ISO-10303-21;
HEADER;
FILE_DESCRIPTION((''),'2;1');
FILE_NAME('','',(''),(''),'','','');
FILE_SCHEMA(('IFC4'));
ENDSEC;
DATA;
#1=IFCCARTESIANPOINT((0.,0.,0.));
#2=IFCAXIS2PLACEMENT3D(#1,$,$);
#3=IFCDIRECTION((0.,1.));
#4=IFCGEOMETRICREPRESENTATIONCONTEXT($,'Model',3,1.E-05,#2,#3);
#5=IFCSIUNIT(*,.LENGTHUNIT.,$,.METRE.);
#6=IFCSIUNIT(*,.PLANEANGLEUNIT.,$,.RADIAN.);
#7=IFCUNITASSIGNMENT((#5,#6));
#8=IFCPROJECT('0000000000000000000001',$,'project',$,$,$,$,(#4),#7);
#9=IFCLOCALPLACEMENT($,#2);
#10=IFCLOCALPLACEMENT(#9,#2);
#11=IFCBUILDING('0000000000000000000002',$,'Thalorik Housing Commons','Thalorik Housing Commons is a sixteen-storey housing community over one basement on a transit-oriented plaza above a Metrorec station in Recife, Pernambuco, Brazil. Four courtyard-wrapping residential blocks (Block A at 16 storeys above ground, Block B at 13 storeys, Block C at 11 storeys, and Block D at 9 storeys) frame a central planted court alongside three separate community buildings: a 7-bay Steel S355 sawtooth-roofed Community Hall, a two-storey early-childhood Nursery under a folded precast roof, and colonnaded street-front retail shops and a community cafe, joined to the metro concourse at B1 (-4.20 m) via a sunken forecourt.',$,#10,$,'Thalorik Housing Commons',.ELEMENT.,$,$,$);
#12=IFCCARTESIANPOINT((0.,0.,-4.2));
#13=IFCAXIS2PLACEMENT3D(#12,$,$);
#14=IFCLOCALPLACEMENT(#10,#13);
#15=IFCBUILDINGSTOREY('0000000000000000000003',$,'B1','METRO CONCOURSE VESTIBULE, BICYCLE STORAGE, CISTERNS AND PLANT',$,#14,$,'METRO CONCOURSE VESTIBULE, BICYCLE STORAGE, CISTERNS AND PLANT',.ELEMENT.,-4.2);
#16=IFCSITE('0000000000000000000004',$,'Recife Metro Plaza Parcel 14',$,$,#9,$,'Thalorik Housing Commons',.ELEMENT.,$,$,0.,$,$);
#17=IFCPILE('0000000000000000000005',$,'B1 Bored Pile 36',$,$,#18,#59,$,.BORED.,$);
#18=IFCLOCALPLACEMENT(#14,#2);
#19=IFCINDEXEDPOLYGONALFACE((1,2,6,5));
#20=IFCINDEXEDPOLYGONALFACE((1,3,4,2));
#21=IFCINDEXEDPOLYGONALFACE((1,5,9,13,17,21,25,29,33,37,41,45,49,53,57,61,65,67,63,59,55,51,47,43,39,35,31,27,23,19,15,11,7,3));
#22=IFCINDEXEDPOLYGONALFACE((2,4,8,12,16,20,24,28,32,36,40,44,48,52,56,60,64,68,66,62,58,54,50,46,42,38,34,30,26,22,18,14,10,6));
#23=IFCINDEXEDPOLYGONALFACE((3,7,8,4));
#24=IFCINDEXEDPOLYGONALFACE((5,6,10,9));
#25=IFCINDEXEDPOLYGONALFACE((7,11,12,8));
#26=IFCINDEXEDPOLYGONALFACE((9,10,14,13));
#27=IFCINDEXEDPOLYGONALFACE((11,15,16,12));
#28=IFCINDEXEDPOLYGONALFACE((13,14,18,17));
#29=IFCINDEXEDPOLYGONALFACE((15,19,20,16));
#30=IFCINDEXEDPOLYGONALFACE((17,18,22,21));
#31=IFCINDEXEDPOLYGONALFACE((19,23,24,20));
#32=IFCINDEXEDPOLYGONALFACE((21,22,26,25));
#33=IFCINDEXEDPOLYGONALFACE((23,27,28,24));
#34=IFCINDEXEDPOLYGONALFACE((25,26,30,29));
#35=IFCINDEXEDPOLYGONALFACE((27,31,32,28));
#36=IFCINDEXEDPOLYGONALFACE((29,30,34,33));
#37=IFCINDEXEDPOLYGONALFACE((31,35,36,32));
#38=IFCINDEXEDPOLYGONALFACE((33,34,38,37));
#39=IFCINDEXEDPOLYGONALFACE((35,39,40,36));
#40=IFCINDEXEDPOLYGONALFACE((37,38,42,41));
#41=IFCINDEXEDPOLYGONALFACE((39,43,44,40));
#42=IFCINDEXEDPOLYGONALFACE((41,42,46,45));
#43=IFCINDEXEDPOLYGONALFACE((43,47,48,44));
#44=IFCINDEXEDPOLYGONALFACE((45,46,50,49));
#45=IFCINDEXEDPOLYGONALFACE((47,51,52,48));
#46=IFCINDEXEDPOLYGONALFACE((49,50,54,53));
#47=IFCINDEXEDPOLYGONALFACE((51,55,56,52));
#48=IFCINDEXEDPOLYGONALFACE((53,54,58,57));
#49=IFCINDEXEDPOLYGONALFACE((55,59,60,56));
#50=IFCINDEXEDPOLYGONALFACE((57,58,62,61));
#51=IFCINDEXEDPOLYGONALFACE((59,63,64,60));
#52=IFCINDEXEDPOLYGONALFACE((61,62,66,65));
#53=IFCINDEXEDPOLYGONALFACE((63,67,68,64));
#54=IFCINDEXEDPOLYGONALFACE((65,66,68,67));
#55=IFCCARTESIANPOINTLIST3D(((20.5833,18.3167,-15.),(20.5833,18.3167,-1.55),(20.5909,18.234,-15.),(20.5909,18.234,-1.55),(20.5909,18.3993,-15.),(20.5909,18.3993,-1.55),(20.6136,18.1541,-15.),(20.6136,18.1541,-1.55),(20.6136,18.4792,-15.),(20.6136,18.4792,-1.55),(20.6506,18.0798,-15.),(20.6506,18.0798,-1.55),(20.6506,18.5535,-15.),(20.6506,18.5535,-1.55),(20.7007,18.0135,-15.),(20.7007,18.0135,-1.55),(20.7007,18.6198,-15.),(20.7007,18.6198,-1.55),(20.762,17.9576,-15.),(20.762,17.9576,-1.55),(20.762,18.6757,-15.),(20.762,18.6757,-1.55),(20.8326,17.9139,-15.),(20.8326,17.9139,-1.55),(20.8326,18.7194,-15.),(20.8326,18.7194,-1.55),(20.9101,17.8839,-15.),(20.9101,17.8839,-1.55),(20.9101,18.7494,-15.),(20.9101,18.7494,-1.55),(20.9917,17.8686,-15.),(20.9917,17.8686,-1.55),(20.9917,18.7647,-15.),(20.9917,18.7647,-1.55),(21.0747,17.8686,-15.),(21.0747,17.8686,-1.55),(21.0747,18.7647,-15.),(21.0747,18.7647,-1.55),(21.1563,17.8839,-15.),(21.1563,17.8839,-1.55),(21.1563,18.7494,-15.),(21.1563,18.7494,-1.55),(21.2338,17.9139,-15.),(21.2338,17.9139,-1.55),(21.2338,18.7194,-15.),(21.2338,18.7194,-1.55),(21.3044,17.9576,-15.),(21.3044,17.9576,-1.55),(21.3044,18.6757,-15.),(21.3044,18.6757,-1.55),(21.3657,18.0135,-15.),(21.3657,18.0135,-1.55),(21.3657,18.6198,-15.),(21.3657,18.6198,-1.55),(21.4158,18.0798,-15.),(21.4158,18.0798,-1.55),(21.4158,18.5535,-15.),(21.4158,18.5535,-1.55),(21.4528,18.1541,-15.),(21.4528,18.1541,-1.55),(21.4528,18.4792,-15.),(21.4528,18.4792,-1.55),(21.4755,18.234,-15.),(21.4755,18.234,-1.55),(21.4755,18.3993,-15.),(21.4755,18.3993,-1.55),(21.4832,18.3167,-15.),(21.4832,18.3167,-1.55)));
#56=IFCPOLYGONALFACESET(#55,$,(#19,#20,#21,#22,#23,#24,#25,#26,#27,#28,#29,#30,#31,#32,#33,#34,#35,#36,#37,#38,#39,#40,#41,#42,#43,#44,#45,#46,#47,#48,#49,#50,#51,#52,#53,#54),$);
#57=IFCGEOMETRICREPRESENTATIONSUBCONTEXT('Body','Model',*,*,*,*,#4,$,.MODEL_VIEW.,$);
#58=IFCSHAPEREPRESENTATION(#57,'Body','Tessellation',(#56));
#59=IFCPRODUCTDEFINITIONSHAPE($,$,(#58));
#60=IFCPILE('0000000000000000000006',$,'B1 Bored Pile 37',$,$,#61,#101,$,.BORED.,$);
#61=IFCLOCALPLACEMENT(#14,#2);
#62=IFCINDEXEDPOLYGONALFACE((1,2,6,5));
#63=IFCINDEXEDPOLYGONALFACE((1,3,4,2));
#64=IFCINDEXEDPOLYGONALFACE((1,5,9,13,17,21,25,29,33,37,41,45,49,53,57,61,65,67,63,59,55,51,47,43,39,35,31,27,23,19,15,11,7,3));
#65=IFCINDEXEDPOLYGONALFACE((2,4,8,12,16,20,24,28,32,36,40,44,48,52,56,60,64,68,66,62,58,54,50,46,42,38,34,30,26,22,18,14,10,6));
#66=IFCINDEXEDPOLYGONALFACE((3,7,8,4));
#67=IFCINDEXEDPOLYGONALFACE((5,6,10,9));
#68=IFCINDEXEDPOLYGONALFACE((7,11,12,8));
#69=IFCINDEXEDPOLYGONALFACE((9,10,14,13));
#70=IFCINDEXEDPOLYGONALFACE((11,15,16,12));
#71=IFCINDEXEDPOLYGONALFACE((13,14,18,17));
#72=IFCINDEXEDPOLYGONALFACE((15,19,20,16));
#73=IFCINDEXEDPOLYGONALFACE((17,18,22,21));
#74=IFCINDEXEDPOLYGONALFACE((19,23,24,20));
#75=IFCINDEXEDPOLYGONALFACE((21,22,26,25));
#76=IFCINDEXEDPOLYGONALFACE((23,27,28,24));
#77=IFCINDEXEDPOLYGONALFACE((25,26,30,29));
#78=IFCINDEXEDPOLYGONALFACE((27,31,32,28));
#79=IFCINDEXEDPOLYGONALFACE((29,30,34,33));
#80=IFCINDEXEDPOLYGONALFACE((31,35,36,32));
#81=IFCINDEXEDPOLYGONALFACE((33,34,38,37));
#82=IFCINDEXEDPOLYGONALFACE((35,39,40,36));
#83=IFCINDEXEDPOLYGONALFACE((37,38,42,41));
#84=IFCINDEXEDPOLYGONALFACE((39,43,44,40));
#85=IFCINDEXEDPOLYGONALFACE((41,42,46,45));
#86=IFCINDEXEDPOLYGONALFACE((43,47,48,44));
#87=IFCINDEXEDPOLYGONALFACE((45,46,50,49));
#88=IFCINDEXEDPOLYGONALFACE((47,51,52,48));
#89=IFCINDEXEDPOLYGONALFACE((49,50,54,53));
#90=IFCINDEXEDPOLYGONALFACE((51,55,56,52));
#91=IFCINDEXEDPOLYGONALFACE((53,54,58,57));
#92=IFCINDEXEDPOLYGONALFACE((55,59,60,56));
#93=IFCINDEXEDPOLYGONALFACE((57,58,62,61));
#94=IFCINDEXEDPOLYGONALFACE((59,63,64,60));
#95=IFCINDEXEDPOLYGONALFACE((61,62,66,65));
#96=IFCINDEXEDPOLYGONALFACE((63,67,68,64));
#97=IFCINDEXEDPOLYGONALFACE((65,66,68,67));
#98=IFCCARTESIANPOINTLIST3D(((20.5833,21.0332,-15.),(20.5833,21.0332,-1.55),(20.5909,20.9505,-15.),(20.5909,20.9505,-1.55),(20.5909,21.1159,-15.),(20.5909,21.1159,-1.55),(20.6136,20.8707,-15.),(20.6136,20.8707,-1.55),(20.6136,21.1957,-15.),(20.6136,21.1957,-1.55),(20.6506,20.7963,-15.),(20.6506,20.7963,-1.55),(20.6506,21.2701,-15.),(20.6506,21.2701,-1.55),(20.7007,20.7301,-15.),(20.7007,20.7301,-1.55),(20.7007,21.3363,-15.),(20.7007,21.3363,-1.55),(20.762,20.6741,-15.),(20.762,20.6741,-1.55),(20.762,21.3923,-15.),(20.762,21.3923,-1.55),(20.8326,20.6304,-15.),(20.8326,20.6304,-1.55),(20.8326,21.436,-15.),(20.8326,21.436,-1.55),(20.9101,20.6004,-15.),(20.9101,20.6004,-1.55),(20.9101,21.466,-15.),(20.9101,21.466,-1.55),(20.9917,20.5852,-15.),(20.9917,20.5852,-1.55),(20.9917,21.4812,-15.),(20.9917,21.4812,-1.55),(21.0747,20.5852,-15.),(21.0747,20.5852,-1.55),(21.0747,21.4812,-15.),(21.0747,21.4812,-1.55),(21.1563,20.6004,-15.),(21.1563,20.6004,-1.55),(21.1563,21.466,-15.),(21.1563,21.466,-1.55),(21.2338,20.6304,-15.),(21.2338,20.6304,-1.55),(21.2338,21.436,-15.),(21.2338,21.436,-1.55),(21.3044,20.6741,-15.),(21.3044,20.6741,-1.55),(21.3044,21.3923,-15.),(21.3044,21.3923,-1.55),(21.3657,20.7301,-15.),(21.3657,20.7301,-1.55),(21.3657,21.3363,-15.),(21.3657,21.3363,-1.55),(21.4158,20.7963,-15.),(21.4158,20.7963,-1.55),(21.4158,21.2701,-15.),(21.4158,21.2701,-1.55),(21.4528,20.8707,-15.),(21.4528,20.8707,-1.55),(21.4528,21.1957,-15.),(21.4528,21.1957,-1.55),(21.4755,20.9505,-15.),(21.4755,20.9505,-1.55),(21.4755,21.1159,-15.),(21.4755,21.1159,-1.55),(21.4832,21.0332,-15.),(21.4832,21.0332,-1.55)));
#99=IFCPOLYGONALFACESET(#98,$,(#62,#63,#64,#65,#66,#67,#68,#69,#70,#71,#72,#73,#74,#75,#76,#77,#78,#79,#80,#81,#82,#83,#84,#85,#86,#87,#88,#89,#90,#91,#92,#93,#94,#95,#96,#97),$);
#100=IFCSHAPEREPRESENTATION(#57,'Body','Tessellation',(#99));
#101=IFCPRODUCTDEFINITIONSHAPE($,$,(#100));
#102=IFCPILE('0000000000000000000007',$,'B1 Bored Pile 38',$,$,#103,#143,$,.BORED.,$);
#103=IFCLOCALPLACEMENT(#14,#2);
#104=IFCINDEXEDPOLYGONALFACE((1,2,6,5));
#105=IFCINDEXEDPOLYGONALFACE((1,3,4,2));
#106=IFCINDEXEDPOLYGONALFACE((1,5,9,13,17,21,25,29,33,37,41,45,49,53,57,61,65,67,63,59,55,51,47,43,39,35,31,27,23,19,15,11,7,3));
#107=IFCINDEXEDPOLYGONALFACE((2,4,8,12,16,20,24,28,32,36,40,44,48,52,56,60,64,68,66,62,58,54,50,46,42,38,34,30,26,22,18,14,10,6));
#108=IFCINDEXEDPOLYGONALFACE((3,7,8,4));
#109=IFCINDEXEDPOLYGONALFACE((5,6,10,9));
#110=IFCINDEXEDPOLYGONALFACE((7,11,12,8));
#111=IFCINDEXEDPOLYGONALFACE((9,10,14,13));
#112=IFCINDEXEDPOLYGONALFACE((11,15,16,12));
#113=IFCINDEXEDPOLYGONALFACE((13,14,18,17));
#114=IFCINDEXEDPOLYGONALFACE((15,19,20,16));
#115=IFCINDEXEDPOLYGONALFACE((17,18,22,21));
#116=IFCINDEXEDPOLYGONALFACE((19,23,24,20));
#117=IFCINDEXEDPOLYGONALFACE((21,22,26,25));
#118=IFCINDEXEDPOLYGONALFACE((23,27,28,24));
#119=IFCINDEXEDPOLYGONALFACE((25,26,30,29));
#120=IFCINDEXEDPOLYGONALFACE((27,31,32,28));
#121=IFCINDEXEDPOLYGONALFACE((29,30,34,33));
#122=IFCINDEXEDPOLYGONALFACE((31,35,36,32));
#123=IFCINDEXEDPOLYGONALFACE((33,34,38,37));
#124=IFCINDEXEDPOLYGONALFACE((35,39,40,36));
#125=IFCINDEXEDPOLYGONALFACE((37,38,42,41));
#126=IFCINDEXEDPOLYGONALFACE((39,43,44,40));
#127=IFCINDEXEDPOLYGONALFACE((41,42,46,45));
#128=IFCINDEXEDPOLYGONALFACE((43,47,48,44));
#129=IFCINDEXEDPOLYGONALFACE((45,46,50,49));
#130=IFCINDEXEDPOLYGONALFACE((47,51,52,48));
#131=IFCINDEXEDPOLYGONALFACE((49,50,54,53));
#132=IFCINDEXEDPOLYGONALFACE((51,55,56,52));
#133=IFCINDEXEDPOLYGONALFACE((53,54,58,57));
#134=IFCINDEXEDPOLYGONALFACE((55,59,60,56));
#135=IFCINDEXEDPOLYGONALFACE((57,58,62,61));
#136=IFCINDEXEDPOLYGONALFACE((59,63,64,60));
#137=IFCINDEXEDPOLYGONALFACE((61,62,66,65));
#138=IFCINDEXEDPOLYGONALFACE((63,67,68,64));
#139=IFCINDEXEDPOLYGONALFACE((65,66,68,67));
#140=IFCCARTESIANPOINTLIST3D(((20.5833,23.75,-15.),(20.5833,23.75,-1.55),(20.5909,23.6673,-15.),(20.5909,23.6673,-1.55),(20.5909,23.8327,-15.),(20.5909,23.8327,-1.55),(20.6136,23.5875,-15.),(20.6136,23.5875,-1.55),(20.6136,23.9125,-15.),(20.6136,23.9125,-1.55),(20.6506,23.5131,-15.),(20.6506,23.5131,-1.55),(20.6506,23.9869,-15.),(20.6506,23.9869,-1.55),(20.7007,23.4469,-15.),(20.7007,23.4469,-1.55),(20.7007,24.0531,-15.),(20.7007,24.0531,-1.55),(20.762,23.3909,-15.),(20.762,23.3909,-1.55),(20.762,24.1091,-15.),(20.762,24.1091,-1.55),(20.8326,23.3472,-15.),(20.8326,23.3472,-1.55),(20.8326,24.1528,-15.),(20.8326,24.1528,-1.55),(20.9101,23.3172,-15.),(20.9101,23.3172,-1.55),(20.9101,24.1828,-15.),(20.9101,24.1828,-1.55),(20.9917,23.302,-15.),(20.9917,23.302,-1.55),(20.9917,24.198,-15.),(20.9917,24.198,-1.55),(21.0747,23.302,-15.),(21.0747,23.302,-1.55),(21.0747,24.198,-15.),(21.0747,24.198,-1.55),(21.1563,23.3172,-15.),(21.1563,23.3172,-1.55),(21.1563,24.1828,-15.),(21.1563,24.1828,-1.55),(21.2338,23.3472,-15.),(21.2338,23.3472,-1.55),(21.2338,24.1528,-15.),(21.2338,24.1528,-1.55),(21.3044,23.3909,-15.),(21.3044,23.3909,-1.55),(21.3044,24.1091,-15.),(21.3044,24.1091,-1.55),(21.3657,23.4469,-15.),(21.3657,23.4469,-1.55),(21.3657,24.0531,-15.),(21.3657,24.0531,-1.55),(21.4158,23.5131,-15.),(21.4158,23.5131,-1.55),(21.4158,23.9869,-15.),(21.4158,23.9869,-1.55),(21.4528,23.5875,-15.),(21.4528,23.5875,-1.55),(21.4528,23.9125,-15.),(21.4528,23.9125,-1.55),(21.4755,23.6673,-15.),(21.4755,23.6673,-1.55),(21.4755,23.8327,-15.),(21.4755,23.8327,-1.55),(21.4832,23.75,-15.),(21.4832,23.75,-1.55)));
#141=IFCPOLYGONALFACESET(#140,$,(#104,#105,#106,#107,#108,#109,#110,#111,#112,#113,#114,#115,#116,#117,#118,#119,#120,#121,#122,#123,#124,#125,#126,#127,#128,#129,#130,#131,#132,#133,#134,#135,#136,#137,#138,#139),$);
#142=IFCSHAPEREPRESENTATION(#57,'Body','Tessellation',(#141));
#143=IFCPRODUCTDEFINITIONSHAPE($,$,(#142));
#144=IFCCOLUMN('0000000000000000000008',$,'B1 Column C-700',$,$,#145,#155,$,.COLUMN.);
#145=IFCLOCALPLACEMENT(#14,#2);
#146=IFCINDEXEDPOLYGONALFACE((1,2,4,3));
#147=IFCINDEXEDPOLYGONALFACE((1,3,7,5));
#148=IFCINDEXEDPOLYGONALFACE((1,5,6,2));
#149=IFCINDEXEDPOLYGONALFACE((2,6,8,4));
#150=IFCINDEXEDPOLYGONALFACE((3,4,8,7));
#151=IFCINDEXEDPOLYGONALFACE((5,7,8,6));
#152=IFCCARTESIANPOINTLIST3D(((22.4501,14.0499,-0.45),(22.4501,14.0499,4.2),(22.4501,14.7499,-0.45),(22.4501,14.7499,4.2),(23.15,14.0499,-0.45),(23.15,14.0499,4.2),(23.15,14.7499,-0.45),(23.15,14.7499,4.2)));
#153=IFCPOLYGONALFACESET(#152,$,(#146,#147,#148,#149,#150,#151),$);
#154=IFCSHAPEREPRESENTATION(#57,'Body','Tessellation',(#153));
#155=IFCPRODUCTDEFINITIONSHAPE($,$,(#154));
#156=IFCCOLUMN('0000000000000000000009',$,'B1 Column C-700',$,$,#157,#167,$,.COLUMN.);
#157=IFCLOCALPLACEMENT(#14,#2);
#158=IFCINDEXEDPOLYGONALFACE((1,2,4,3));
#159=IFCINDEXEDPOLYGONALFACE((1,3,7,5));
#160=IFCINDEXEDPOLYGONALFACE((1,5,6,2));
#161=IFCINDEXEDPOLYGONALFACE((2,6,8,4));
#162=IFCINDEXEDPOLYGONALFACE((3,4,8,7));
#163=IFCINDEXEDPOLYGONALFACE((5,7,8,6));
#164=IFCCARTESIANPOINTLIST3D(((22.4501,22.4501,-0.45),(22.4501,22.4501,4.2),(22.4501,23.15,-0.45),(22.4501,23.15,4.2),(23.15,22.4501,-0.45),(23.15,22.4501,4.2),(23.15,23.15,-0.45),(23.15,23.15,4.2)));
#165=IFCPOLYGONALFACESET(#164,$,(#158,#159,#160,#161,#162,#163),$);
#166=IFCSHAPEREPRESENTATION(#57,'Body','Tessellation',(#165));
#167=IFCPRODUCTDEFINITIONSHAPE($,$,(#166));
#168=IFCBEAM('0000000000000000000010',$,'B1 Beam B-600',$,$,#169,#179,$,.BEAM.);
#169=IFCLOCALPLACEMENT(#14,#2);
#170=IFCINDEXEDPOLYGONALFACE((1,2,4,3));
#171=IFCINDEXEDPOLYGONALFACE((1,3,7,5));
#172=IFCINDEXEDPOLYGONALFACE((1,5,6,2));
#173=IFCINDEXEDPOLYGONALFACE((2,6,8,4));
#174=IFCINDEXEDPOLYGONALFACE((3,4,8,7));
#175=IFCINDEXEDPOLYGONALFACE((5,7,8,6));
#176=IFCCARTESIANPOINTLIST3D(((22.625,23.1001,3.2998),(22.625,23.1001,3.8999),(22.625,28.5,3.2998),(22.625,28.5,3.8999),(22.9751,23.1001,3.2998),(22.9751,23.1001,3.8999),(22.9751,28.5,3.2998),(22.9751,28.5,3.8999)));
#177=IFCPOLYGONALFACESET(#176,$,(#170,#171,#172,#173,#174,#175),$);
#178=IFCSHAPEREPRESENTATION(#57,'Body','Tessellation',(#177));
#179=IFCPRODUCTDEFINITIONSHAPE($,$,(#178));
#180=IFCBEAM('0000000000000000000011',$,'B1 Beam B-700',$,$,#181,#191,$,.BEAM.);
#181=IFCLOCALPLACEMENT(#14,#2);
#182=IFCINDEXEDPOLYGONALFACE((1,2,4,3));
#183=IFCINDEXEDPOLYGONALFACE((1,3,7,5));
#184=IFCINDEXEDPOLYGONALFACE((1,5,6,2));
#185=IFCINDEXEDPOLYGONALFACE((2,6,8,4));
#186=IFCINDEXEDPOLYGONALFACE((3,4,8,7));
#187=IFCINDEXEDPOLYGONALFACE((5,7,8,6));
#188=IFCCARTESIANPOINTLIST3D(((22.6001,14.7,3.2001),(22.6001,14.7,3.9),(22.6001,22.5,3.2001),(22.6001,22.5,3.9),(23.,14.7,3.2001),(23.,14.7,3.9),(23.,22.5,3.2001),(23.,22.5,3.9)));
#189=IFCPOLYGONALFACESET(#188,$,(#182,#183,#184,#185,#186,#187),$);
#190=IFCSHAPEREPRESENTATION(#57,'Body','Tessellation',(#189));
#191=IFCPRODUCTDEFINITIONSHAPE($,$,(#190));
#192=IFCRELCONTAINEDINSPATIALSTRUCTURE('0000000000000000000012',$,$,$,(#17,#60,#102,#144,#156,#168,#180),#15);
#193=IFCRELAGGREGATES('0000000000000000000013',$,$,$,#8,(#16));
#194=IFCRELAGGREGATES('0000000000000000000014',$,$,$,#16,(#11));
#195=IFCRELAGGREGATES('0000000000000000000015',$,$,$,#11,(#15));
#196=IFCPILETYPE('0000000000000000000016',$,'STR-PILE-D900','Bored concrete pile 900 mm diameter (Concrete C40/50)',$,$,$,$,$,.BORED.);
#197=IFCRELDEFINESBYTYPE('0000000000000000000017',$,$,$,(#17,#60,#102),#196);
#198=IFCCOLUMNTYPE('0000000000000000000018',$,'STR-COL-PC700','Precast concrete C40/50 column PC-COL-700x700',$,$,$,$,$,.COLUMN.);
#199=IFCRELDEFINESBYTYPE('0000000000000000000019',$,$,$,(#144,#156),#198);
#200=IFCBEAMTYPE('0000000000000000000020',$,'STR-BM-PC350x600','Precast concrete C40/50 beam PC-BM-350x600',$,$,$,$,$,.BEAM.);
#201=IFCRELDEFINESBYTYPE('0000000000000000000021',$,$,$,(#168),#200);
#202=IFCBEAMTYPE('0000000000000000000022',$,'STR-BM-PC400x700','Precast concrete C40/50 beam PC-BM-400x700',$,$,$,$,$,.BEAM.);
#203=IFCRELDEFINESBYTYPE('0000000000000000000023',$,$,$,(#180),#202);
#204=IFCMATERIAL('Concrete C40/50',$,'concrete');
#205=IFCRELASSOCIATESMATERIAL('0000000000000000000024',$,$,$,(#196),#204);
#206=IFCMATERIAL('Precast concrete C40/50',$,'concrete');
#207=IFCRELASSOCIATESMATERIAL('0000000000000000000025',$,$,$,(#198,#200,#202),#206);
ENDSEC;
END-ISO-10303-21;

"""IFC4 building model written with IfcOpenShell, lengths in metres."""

from ifc_helpers import new_model, si_unit, direction, frame, origin, origin_2d, place, context, subcontext, project, spatial, rectangle, circle, extrude, material, material_profile, profile_set, type_object, element, save


model = new_model("IFC4")

# Units and contexts
model_context = context("Model", 3, precision=1e-05, world=origin(), true_north=direction((0.0, 1.0)))
body_context = subcontext(model_context, "Body", "Model", "MODEL_VIEW")
ifc_project = project(units=[si_unit("LENGTHUNIT", "METRE"), si_unit("PLANEANGLEUNIT", "RADIAN")], contexts=[model_context])

# Site, building, storey
site_placement = place(None, origin())
site = spatial("IfcSite", under=ifc_project, at=site_placement, Name="Recife Metro Plaza Parcel 14", LongName="Thalorik Housing Commons", CompositionType="ELEMENT", RefElevation=0.0)
building_placement = place(site_placement, origin())
building = spatial("IfcBuilding", under=site, at=building_placement, Name="Thalorik Housing Commons", Description="Thalorik Housing Commons is a sixteen-storey housing community over one basement on a transit-oriented plaza above a Metrorec station in Recife, Pernambuco, Brazil. Four courtyard-wrapping residential blocks (Block A at 16 storeys above ground, Block B at 13 storeys, Block C at 11 storeys, and Block D at 9 storeys) frame a central planted court alongside three separate community buildings: a 7-bay Steel S355 sawtooth-roofed Community Hall, a two-storey early-childhood Nursery under a folded precast roof, and colonnaded street-front retail shops and a community cafe, joined to the metro concourse at B1 (-4.20 m) via a sunken forecourt.", LongName="Thalorik Housing Commons", CompositionType="ELEMENT")
storey_placement = place(building_placement, frame((0.0, 0.0, -4.2)))
storey = spatial("IfcBuildingStorey", under=building, at=storey_placement, Name="B1", Description="METRO CONCOURSE VESTIBULE, BICYCLE STORAGE, CISTERNS AND PLANT", LongName="METRO CONCOURSE VESTIBULE, BICYCLE STORAGE, CISTERNS AND PLANT", CompositionType="ELEMENT", Elevation=-4.2)

# Shared definitions
ifc_material_1 = material(Name="Concrete C40/50", Category="concrete")

# Piles
ifc_material_profile_1 = material_profile(ifc_material_1, circle(Radius=0.45, at=origin_2d()), Name="BORED PILE D900", Category="concrete")
ifc_profile_set_1 = profile_set([ifc_material_profile_1], Name="Concrete C40/50")
pile_type_1 = type_object("IfcPileType", Name="STR-PILE-D900", Description="Bored concrete pile 900 mm diameter (Concrete C40/50)", PredefinedType="BORED", material=ifc_profile_set_1)
for number, where, z_axis, x_axis, name in (
    (1, (21.0332, 18.3167, -1.55), (0.0, 0.0, -1.0), (1.0, 0.0, 0.0), "B1 Bored Pile 36"),
    (2, (21.0332, 21.0332, -1.55), (0.0, 0.0, -1.0), (1.0, 0.0, 0.0), "B1 Bored Pile 37"),
    (3, (21.0332, 23.75, -1.55), (0.0, 0.0, -1.0), (1.0, 0.0, 0.0), "B1 Bored Pile 38"),
):
    element("IfcPile", number, at=place(storey_placement, frame(where, z_axis=z_axis, x_axis=x_axis)), inside=storey, type_object=pile_type_1, Name=name, PredefinedType="BORED", context=body_context, shape_type="SweptSolid", body=[
        extrude(circle(Radius=0.45, at=origin_2d()), origin(), (0.0, 0.0, 1.0), 13.45),
    ])

# Columns
ifc_material_2 = material(Name="Precast concrete C40/50", Category="concrete")
ifc_material_profile_2 = material_profile(ifc_material_2, rectangle(XDim=0.7, YDim=0.7, at=origin_2d()), Name="PC 700x700", Category="concrete")
ifc_profile_set_2 = profile_set([ifc_material_profile_2], Name="Precast concrete C40/50")
column_type = type_object("IfcColumnType", Name="STR-COL-PC700", Description="Precast concrete C40/50 column PC-COL-700x700", PredefinedType="COLUMN", material=ifc_profile_set_2)
for number, where, z_axis, x_axis, name in (
    (4, (22.8, 14.3999, -0.45), (0.0, 0.0, 1.0), (1.0, 0.0, 0.0), "B1 Column C-700"),
    (5, (22.8, 22.8, -0.45), (0.0, 0.0, 1.0), (1.0, 0.0, 0.0), "B1 Column C-700"),
):
    element("IfcColumn", number, at=place(storey_placement, frame(where, z_axis=z_axis, x_axis=x_axis)), inside=storey, type_object=column_type, Name=name, PredefinedType="COLUMN", context=body_context, shape_type="SweptSolid", body=[
        extrude(rectangle(XDim=0.7, YDim=0.7, at=origin_2d()), origin(), (0.0, 0.0, 1.0), 4.6499),
    ])

# Beams
ifc_material_profile_3 = material_profile(ifc_material_2, rectangle(XDim=0.3501, YDim=0.6001, at=origin_2d()), Name="PC 350x600", Category="concrete")
ifc_profile_set_3 = profile_set([ifc_material_profile_3], Name="Precast concrete C40/50")
beam_type_1 = type_object("IfcBeamType", Name="STR-BM-PC350x600", Description="Precast concrete C40/50 beam PC-BM-350x600", PredefinedType="BEAM", material=ifc_profile_set_3)
beam_1_placement = place(storey_placement, frame((22.8, 23.1001, 3.5999), z_axis=(0.0, 1.0, 0.0), x_axis=(-1.0, 0.0, 0.0)))
element("IfcBeam", 6, at=beam_1_placement, inside=storey, type_object=beam_type_1, Name="B1 Beam B-600", PredefinedType="BEAM", context=body_context, shape_type="SweptSolid", body=[
    extrude(rectangle(XDim=0.3501, YDim=0.6001, at=origin_2d()), origin(), (0.0, 0.0, 1.0), 5.3999),
])
ifc_material_profile_4 = material_profile(ifc_material_2, rectangle(XDim=0.3999, YDim=0.7, at=origin_2d()), Name="PC 400x700", Category="concrete")
ifc_profile_set_4 = profile_set([ifc_material_profile_4], Name="Precast concrete C40/50")
beam_type_2 = type_object("IfcBeamType", Name="STR-BM-PC400x700", Description="Precast concrete C40/50 beam PC-BM-400x700", PredefinedType="BEAM", material=ifc_profile_set_4)
beam_2_placement = place(storey_placement, frame((22.8, 14.7, 3.55), z_axis=(0.0, 1.0, 0.0), x_axis=(-1.0, 0.0, 0.0)))
element("IfcBeam", 7, at=beam_2_placement, inside=storey, type_object=beam_type_2, Name="B1 Beam B-700", PredefinedType="BEAM", context=body_context, shape_type="SweptSolid", body=[
    extrude(rectangle(XDim=0.3999, YDim=0.7, at=origin_2d()), origin(), (0.0, 0.0, 1.0), 7.8),
])

save(model, "model.ifc")
